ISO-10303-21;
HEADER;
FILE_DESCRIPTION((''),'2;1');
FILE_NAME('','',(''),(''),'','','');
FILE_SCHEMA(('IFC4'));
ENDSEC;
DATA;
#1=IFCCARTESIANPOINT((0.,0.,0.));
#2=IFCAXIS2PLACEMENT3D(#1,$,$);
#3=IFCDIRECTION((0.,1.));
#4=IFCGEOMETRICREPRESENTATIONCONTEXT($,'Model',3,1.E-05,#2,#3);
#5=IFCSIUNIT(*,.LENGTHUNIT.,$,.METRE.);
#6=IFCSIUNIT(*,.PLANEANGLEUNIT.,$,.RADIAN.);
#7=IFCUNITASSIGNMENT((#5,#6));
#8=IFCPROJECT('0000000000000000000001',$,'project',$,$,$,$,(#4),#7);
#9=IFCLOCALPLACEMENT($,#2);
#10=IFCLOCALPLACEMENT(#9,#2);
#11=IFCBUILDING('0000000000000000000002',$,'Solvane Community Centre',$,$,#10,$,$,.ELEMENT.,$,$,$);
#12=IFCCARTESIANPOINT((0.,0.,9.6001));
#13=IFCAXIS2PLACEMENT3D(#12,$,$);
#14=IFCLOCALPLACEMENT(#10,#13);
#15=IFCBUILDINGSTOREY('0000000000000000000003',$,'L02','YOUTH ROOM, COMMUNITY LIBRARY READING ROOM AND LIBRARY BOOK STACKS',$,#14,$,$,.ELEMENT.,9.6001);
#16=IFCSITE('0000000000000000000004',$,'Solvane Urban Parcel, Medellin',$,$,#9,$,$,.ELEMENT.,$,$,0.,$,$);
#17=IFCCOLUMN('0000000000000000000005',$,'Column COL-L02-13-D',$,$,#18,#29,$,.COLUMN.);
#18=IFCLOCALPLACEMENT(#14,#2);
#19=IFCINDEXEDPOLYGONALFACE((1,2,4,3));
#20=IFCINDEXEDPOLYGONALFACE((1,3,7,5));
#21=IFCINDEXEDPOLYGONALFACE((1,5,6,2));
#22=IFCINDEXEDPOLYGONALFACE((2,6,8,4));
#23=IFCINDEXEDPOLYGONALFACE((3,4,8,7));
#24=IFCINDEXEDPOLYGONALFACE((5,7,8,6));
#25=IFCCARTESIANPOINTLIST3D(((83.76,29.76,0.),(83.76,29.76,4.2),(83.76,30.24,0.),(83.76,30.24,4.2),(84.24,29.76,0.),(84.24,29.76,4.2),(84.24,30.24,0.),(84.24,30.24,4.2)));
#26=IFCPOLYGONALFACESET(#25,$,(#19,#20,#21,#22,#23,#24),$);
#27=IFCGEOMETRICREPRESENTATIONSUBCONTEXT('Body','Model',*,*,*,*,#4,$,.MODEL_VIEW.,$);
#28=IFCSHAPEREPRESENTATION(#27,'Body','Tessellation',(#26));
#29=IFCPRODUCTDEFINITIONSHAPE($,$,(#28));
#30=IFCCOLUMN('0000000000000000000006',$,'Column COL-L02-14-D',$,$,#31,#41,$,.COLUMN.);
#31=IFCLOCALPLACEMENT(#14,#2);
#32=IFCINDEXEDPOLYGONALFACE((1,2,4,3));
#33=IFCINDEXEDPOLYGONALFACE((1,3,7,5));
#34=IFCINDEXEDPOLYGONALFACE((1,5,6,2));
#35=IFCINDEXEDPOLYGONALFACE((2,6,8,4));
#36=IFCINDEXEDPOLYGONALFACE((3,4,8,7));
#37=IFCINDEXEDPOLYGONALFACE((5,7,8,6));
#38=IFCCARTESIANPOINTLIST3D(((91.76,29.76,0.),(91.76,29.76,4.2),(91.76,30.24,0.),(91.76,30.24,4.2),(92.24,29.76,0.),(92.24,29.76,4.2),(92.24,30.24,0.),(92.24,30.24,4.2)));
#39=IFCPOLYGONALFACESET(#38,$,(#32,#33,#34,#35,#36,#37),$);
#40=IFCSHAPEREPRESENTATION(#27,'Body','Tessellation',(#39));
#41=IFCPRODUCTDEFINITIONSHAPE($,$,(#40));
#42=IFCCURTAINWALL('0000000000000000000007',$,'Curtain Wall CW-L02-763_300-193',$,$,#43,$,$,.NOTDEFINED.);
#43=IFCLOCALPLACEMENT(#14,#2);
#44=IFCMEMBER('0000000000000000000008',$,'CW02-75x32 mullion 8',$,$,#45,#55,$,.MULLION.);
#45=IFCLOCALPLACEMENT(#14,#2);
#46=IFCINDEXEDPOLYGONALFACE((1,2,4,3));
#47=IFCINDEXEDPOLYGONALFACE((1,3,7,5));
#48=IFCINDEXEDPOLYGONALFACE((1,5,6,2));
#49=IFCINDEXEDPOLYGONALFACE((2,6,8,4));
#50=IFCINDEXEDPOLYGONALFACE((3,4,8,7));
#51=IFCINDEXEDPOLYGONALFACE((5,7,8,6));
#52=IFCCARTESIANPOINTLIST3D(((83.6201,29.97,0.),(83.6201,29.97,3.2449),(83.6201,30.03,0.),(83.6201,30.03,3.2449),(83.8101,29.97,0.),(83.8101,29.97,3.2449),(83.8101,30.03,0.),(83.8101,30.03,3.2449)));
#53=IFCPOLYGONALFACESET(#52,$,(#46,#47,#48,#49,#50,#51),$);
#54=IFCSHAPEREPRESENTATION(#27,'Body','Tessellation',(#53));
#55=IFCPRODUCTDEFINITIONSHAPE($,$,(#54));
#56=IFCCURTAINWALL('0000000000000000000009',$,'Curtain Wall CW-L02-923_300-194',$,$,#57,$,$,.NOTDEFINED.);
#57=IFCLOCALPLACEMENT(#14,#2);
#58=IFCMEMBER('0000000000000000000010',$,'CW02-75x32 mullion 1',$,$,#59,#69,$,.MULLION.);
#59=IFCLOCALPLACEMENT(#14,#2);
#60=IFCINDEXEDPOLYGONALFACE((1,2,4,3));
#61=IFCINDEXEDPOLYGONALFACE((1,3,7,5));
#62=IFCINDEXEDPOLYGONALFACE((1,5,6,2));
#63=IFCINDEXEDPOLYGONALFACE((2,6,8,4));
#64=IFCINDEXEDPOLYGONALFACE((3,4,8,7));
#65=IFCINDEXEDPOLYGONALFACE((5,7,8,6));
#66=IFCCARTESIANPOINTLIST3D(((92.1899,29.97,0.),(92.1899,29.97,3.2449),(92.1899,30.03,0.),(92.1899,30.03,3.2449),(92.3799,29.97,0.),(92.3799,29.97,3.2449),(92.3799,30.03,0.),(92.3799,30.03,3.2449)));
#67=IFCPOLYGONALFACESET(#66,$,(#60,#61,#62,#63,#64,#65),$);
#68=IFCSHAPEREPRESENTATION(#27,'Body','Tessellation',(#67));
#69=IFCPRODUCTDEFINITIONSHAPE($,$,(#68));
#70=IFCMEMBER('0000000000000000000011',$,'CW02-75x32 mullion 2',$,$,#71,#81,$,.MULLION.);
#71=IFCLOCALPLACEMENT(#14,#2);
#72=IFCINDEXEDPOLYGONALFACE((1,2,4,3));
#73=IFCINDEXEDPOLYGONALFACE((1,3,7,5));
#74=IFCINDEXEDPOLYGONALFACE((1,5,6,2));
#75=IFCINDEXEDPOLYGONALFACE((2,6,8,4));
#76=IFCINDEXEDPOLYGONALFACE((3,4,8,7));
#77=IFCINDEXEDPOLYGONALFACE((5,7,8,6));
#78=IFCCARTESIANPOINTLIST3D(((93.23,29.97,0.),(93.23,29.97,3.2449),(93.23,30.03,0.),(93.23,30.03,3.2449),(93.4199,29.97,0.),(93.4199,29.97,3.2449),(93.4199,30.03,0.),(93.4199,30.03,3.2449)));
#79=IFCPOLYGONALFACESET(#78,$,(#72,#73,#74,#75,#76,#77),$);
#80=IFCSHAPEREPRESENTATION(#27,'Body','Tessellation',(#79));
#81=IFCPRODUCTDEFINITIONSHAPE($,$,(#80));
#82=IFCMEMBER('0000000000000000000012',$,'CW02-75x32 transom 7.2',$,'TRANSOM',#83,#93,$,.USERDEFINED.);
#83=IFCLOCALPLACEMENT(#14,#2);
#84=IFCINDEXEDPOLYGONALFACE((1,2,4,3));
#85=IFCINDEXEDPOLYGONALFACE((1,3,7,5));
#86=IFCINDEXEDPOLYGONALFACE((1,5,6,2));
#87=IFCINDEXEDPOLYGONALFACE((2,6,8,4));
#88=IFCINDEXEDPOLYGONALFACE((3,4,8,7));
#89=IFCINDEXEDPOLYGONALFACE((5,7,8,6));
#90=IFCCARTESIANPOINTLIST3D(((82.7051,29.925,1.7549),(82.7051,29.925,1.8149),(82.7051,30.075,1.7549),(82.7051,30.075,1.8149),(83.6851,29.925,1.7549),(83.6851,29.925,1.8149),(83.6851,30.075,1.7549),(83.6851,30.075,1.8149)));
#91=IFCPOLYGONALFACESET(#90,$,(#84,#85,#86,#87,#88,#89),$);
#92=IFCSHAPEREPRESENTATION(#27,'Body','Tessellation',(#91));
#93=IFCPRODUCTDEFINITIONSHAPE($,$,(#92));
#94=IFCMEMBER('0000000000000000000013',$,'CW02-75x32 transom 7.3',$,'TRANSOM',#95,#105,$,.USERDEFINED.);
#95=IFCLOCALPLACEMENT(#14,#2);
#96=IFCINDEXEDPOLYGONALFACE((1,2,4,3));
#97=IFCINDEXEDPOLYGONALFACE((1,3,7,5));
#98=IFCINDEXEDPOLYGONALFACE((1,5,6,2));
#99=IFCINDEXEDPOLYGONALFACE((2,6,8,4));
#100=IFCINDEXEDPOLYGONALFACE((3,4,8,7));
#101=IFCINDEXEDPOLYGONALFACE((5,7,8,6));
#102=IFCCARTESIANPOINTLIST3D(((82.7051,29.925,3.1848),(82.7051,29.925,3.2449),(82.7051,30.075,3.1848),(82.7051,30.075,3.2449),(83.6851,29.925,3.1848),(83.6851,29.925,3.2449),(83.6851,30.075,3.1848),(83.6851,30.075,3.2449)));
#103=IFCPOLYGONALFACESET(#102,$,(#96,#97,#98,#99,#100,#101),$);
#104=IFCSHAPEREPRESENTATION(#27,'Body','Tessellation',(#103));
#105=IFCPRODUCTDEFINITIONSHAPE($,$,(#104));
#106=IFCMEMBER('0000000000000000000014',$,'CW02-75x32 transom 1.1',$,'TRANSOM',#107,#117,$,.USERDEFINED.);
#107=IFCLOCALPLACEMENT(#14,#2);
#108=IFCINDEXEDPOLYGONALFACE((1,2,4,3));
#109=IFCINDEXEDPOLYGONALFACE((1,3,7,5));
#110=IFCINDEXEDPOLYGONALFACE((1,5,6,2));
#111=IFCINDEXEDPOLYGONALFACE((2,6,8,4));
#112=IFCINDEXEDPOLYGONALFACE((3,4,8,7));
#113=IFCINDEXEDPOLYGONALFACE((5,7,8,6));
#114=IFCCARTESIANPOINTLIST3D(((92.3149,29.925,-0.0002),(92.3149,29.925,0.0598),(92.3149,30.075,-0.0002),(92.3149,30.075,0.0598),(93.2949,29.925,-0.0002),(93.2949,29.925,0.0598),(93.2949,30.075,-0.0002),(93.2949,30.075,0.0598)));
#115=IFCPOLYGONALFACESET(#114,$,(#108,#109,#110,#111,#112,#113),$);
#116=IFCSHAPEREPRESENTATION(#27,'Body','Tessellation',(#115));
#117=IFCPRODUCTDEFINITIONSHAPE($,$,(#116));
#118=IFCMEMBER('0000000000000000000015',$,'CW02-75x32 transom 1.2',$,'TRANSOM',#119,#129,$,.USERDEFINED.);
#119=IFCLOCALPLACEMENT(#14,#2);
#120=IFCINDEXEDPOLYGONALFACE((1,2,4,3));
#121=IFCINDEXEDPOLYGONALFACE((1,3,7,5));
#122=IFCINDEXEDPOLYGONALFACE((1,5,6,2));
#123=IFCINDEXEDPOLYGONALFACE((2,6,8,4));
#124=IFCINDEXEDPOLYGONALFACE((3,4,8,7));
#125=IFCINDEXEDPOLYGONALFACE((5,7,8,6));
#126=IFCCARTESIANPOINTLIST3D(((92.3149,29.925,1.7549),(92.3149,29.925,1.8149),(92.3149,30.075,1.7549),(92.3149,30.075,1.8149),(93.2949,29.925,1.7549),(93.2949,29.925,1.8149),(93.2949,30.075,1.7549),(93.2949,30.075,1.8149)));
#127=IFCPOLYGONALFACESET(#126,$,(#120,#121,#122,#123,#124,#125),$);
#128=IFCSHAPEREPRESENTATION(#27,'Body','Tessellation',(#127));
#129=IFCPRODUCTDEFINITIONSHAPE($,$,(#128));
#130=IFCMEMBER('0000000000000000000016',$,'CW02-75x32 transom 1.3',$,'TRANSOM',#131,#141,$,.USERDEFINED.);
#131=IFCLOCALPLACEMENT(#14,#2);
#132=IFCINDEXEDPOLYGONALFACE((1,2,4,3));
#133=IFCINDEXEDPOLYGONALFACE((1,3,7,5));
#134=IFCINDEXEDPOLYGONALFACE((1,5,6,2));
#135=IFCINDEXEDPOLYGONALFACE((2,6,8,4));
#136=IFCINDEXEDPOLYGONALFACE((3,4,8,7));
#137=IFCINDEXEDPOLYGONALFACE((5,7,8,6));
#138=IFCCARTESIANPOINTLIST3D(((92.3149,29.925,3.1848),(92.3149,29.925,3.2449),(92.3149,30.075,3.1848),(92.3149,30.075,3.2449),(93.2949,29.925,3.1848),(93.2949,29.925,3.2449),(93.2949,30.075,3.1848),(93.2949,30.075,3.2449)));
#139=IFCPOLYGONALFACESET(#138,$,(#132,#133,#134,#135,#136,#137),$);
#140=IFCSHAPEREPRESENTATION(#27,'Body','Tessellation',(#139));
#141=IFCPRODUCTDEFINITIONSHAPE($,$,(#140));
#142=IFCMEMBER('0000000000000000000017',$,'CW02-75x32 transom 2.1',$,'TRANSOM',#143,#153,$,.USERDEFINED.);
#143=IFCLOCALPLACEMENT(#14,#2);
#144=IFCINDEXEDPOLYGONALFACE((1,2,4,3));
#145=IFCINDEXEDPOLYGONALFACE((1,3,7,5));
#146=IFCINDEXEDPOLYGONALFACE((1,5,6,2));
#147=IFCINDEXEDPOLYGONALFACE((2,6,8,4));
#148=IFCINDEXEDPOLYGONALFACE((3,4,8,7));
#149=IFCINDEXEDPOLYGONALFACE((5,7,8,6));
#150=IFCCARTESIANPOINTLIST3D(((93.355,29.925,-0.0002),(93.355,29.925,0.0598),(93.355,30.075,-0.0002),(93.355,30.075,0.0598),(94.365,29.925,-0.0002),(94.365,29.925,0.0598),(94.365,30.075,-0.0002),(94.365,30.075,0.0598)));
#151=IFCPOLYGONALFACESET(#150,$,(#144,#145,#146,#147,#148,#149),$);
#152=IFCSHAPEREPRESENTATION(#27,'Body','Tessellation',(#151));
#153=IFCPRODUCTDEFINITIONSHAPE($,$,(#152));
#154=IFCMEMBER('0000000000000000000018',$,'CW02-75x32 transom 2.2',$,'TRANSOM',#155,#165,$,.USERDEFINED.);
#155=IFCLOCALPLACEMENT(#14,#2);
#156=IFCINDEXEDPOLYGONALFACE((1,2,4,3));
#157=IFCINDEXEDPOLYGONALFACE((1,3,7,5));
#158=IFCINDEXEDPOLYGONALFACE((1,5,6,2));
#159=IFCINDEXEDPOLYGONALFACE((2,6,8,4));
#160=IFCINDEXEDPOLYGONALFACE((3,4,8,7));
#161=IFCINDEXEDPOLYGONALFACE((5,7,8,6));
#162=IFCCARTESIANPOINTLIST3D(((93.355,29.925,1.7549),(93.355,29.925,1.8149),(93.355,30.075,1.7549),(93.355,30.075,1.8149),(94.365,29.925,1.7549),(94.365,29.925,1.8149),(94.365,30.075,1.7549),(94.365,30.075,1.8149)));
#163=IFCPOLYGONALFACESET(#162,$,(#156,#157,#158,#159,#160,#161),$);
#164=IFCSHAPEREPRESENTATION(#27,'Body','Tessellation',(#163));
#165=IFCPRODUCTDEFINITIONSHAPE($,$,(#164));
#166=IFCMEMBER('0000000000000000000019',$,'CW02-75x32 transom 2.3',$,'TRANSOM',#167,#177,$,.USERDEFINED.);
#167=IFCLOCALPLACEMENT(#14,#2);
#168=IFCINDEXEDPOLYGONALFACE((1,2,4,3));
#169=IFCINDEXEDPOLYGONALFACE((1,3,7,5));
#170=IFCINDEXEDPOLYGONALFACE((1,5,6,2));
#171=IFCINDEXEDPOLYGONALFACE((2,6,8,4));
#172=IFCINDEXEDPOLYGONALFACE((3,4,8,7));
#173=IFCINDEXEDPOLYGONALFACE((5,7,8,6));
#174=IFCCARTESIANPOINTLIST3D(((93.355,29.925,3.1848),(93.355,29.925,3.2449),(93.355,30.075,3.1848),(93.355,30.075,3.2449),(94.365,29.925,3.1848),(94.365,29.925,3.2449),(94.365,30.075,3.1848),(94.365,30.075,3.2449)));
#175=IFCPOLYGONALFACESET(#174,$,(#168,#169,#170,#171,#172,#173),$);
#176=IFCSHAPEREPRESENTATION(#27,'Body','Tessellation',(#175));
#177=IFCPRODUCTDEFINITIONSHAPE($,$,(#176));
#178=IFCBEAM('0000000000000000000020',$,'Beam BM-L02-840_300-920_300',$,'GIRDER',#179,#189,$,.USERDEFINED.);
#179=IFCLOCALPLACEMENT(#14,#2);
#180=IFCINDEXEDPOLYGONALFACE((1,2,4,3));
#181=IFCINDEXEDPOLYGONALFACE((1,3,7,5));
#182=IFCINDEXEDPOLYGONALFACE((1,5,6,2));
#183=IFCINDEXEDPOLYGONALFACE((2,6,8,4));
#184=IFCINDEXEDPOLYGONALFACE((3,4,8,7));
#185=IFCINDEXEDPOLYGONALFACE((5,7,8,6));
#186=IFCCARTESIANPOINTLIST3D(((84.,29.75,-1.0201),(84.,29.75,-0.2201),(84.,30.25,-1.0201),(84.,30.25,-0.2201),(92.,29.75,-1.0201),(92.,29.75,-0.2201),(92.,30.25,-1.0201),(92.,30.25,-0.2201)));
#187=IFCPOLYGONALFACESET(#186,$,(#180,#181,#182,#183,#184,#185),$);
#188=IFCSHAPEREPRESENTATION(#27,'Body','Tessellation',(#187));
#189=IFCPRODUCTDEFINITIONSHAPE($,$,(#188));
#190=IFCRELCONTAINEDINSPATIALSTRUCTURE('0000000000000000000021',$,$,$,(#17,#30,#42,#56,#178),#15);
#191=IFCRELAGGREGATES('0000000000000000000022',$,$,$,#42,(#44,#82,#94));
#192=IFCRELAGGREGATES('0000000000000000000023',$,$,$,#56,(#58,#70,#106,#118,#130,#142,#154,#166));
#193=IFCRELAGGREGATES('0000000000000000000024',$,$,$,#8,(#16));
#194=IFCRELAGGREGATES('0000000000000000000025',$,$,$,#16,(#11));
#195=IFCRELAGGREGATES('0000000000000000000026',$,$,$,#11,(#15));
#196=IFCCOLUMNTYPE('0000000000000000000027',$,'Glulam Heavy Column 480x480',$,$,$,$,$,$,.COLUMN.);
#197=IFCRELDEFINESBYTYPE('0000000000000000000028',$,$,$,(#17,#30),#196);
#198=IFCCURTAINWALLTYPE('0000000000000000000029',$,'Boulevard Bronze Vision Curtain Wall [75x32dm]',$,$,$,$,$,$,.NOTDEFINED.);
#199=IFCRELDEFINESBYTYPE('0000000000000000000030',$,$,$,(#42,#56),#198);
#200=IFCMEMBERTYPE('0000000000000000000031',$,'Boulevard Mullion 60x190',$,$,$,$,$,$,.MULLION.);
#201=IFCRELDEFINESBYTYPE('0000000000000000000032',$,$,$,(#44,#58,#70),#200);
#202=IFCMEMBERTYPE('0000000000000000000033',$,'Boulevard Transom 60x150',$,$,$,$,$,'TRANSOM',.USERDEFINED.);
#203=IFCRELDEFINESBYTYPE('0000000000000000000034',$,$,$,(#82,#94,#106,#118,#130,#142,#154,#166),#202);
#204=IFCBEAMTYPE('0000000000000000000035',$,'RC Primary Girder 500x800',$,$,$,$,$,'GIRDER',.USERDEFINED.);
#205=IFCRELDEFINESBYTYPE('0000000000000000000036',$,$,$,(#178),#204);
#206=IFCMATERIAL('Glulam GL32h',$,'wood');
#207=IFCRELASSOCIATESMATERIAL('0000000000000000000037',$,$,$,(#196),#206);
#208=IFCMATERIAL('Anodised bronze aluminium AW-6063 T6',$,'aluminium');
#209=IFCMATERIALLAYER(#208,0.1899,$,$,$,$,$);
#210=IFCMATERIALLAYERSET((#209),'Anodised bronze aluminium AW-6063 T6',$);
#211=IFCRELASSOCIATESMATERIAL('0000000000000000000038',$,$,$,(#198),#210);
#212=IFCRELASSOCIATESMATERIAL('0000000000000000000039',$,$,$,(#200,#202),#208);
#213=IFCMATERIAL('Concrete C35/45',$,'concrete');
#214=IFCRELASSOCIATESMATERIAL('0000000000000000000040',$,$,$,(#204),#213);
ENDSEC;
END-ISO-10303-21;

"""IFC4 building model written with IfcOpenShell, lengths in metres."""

from ifc_helpers import new_model, si_unit, direction, frame, origin, origin_2d, place, context, subcontext, project, spatial, rectangle, extrude, material, layer, layer_set, material_profile, profile_set, type_object, element, aggregate, save


model = new_model("IFC4")

# Units and contexts
model_context = context("Model", 3, precision=1e-05, world=origin(), true_north=direction((0.0, 1.0)))
body_context = subcontext(model_context, "Body", "Model", "MODEL_VIEW")
ifc_project = project(units=[si_unit("LENGTHUNIT", "METRE"), si_unit("PLANEANGLEUNIT", "RADIAN")], contexts=[model_context])

# Site, building, storey
site_placement = place(None, origin())
site = spatial("IfcSite", under=ifc_project, at=site_placement, Name="Solvane Urban Parcel, Medellin", CompositionType="ELEMENT", RefElevation=0.0)
building_placement = place(site_placement, origin())
building = spatial("IfcBuilding", under=site, at=building_placement, Name="Solvane Community Centre", CompositionType="ELEMENT")
storey_placement = place(building_placement, frame((0.0, 0.0, 9.6001)))
storey = spatial("IfcBuildingStorey", under=building, at=storey_placement, Name="L02", Description="YOUTH ROOM, COMMUNITY LIBRARY READING ROOM AND LIBRARY BOOK STACKS", CompositionType="ELEMENT", Elevation=9.6001)

# Columns
ifc_material_1 = material(Name="Glulam GL32h", Category="wood")
ifc_material_profile_1 = material_profile(ifc_material_1, rectangle(XDim=0.48, YDim=0.48, at=origin_2d()), Name="GL32h 480x480")
ifc_profile_set_1 = profile_set([ifc_material_profile_1], Name="Glulam GL32h")
column_type = type_object("IfcColumnType", Name="Glulam Heavy Column 480x480", PredefinedType="COLUMN", material=ifc_profile_set_1)
for number, where, z_axis, x_axis, name in (
    (1, (84.0, 30.0, 0.0), (0.0, 0.0, 1.0), (1.0, 0.0, 0.0), "Column COL-L02-13-D"),
    (2, (92.0, 30.0, 0.0), (0.0, 0.0, 1.0), (1.0, 0.0, 0.0), "Column COL-L02-14-D"),
):
    element("IfcColumn", number, at=place(storey_placement, frame(where, z_axis=z_axis, x_axis=x_axis)), inside=storey, type_object=column_type, Name=name, PredefinedType="COLUMN", context=body_context, shape_type="SweptSolid", body=[
        extrude(rectangle(XDim=0.48, YDim=0.48, at=origin_2d()), origin(), (0.0, 0.0, 1.0), 4.2),
    ])

# Curtain wall, member
ifc_material_2 = material(Name="Anodised bronze aluminium AW-6063 T6", Category="aluminium")
ifc_layer_1 = layer(ifc_material_2, 0.1899)
ifc_layer_set_1 = layer_set([ifc_layer_1], Name="Anodised bronze aluminium AW-6063 T6")
curtain_wall_type = type_object("IfcCurtainWallType", Name="Boulevard Bronze Vision Curtain Wall [75x32dm]", PredefinedType="NOTDEFINED", material=ifc_layer_set_1)
curtain_wall_1_placement = place(storey_placement, origin())
curtain_wall_1 = element("IfcCurtainWall", 3, at=curtain_wall_1_placement, inside=storey, type_object=curtain_wall_type, Name="Curtain Wall CW-L02-763_300-193", PredefinedType="NOTDEFINED")
ifc_material_profile_2 = material_profile(ifc_material_2, rectangle(XDim=0.0601, YDim=0.1899, at=origin_2d()), Name="CW-M 60x190")
ifc_profile_set_2 = profile_set([ifc_material_profile_2], Name="Anodised bronze aluminium AW-6063 T6")
member_type_1 = type_object("IfcMemberType", Name="Boulevard Mullion 60x190", PredefinedType="MULLION", material=ifc_profile_set_2)
member_1_placement = place(storey_placement, frame((83.7151, 30.0, 0.0), z_axis=(0.0, 0.0, 1.0), x_axis=(0.0, 1.0, 0.0)))
member_1 = element("IfcMember", 4, at=member_1_placement, type_object=member_type_1, Name="CW02-75x32 mullion 8", PredefinedType="MULLION", context=body_context, shape_type="SweptSolid", body=[
    extrude(rectangle(XDim=0.0601, YDim=0.1899, at=origin_2d()), origin(), (0.0, 0.0, 1.0), 3.2449),
])

# Curtain wall, members
curtain_wall_2_placement = place(storey_placement, origin())
curtain_wall_2 = element("IfcCurtainWall", 5, at=curtain_wall_2_placement, inside=storey, type_object=curtain_wall_type, Name="Curtain Wall CW-L02-923_300-194", PredefinedType="NOTDEFINED")
member_2_placement = place(storey_placement, frame((92.2849, 30.0, 0.0), z_axis=(0.0, 0.0, 1.0), x_axis=(0.0, 1.0, 0.0)))
member_2 = element("IfcMember", 6, at=member_2_placement, type_object=member_type_1, Name="CW02-75x32 mullion 1", PredefinedType="MULLION", context=body_context, shape_type="SweptSolid", body=[
    extrude(rectangle(XDim=0.0601, YDim=0.1899, at=origin_2d()), origin(), (0.0, 0.0, 1.0), 3.2449),
])
member_3_placement = place(storey_placement, frame((93.325, 30.0, 0.0), z_axis=(0.0, 0.0, 1.0), x_axis=(0.0, 1.0, 0.0)))
member_3 = element("IfcMember", 7, at=member_3_placement, type_object=member_type_1, Name="CW02-75x32 mullion 2", PredefinedType="MULLION", context=body_context, shape_type="SweptSolid", body=[
    extrude(rectangle(XDim=0.0601, YDim=0.1899, at=origin_2d()), origin(), (0.0, 0.0, 1.0), 3.2449),
])

# Members
ifc_material_profile_3 = material_profile(ifc_material_2, rectangle(XDim=0.1499, YDim=0.0601, at=origin_2d()), Name="CW-T 60x150")
ifc_profile_set_3 = profile_set([ifc_material_profile_3], Name="Anodised bronze aluminium AW-6063 T6")
member_type_2 = type_object("IfcMemberType", Name="Boulevard Transom 60x150", ElementType="TRANSOM", PredefinedType="USERDEFINED", material=ifc_profile_set_3)
member_4_placement = place(storey_placement, frame((82.7051, 30.0, 1.7849), z_axis=(1.0, 0.0, 0.0), x_axis=(0.0, 1.0, 0.0)))
member_4 = element("IfcMember", 8, at=member_4_placement, type_object=member_type_2, Name="CW02-75x32 transom 7.2", ObjectType="TRANSOM", PredefinedType="USERDEFINED", context=body_context, shape_type="SweptSolid", body=[
    extrude(rectangle(XDim=0.1499, YDim=0.0601, at=origin_2d()), origin(), (0.0, 0.0, 1.0), 0.98),
])
member_5_placement = place(storey_placement, frame((82.7051, 30.0, 3.2148), z_axis=(1.0, 0.0, 0.0), x_axis=(0.0, 1.0, 0.0)))
member_5 = element("IfcMember", 9, at=member_5_placement, type_object=member_type_2, Name="CW02-75x32 transom 7.3", ObjectType="TRANSOM", PredefinedType="USERDEFINED", context=body_context, shape_type="SweptSolid", body=[
    extrude(rectangle(XDim=0.1499, YDim=0.0601, at=origin_2d()), origin(), (0.0, 0.0, 1.0), 0.98),
])
member_6_placement = place(storey_placement, frame((92.3149, 30.0, 0.0298), z_axis=(1.0, 0.0, 0.0), x_axis=(0.0, 1.0, 0.0)))
member_6 = element("IfcMember", 10, at=member_6_placement, type_object=member_type_2, Name="CW02-75x32 transom 1.1", ObjectType="TRANSOM", PredefinedType="USERDEFINED", context=body_context, shape_type="SweptSolid", body=[
    extrude(rectangle(XDim=0.1499, YDim=0.0601, at=origin_2d()), origin(), (0.0, 0.0, 1.0), 0.98),
])
member_7_placement = place(storey_placement, frame((92.3149, 30.0, 1.7849), z_axis=(1.0, 0.0, 0.0), x_axis=(0.0, 1.0, 0.0)))
member_7 = element("IfcMember", 11, at=member_7_placement, type_object=member_type_2, Name="CW02-75x32 transom 1.2", ObjectType="TRANSOM", PredefinedType="USERDEFINED", context=body_context, shape_type="SweptSolid", body=[
    extrude(rectangle(XDim=0.1499, YDim=0.0601, at=origin_2d()), origin(), (0.0, 0.0, 1.0), 0.98),
])
member_8_placement = place(storey_placement, frame((92.3149, 30.0, 3.2148), z_axis=(1.0, 0.0, 0.0), x_axis=(0.0, 1.0, 0.0)))
member_8 = element("IfcMember", 12, at=member_8_placement, type_object=member_type_2, Name="CW02-75x32 transom 1.3", ObjectType="TRANSOM", PredefinedType="USERDEFINED", context=body_context, shape_type="SweptSolid", body=[
    extrude(rectangle(XDim=0.1499, YDim=0.0601, at=origin_2d()), origin(), (0.0, 0.0, 1.0), 0.98),
])
member_9_placement = place(storey_placement, frame((93.355, 30.0, 0.0298), z_axis=(1.0, 0.0, 0.0), x_axis=(0.0, 1.0, 0.0)))
member_9 = element("IfcMember", 13, at=member_9_placement, type_object=member_type_2, Name="CW02-75x32 transom 2.1", ObjectType="TRANSOM", PredefinedType="USERDEFINED", context=body_context, shape_type="SweptSolid", body=[
    extrude(rectangle(XDim=0.1499, YDim=0.0601, at=origin_2d()), origin(), (0.0, 0.0, 1.0), 1.01),
])
member_10_placement = place(storey_placement, frame((93.355, 30.0, 1.7849), z_axis=(1.0, 0.0, 0.0), x_axis=(0.0, 1.0, 0.0)))
member_10 = element("IfcMember", 14, at=member_10_placement, type_object=member_type_2, Name="CW02-75x32 transom 2.2", ObjectType="TRANSOM", PredefinedType="USERDEFINED", context=body_context, shape_type="SweptSolid", body=[
    extrude(rectangle(XDim=0.1499, YDim=0.0601, at=origin_2d()), origin(), (0.0, 0.0, 1.0), 1.01),
])
member_11_placement = place(storey_placement, frame((93.355, 30.0, 3.2148), z_axis=(1.0, 0.0, 0.0), x_axis=(0.0, 1.0, 0.0)))
member_11 = element("IfcMember", 15, at=member_11_placement, type_object=member_type_2, Name="CW02-75x32 transom 2.3", ObjectType="TRANSOM", PredefinedType="USERDEFINED", context=body_context, shape_type="SweptSolid", body=[
    extrude(rectangle(XDim=0.1499, YDim=0.0601, at=origin_2d()), origin(), (0.0, 0.0, 1.0), 1.01),
])

# Beam
ifc_material_3 = material(Name="Concrete C35/45", Category="concrete")
ifc_material_profile_4 = material_profile(ifc_material_3, rectangle(XDim=0.5, YDim=0.8, at=origin_2d()), Name="RC 500x800")
ifc_profile_set_4 = profile_set([ifc_material_profile_4], Name="Concrete C35/45")
beam_type = type_object("IfcBeamType", Name="RC Primary Girder 500x800", ElementType="GIRDER", PredefinedType="USERDEFINED", material=ifc_profile_set_4)
for number, where, z_axis, x_axis, name in (
    (16, (84.0, 30.0, -0.6201), (1.0, 0.0, 0.0), (0.0, 1.0, 0.0), "Beam BM-L02-840_300-920_300"),
):
    element("IfcBeam", number, at=place(storey_placement, frame(where, z_axis=z_axis, x_axis=x_axis)), inside=storey, type_object=beam_type, Name=name, ObjectType="GIRDER", PredefinedType="USERDEFINED", context=body_context, shape_type="SweptSolid", body=[
        extrude(rectangle(XDim=0.5, YDim=0.8, at=origin_2d()), origin(), (0.0, 0.0, 1.0), 8.0),
    ])

aggregate(curtain_wall_1, [member_1, member_4, member_5])
aggregate(curtain_wall_2, [member_2, member_3, member_6, member_7, member_8, member_9, member_10, member_11])

save(model, "model.ifc")
